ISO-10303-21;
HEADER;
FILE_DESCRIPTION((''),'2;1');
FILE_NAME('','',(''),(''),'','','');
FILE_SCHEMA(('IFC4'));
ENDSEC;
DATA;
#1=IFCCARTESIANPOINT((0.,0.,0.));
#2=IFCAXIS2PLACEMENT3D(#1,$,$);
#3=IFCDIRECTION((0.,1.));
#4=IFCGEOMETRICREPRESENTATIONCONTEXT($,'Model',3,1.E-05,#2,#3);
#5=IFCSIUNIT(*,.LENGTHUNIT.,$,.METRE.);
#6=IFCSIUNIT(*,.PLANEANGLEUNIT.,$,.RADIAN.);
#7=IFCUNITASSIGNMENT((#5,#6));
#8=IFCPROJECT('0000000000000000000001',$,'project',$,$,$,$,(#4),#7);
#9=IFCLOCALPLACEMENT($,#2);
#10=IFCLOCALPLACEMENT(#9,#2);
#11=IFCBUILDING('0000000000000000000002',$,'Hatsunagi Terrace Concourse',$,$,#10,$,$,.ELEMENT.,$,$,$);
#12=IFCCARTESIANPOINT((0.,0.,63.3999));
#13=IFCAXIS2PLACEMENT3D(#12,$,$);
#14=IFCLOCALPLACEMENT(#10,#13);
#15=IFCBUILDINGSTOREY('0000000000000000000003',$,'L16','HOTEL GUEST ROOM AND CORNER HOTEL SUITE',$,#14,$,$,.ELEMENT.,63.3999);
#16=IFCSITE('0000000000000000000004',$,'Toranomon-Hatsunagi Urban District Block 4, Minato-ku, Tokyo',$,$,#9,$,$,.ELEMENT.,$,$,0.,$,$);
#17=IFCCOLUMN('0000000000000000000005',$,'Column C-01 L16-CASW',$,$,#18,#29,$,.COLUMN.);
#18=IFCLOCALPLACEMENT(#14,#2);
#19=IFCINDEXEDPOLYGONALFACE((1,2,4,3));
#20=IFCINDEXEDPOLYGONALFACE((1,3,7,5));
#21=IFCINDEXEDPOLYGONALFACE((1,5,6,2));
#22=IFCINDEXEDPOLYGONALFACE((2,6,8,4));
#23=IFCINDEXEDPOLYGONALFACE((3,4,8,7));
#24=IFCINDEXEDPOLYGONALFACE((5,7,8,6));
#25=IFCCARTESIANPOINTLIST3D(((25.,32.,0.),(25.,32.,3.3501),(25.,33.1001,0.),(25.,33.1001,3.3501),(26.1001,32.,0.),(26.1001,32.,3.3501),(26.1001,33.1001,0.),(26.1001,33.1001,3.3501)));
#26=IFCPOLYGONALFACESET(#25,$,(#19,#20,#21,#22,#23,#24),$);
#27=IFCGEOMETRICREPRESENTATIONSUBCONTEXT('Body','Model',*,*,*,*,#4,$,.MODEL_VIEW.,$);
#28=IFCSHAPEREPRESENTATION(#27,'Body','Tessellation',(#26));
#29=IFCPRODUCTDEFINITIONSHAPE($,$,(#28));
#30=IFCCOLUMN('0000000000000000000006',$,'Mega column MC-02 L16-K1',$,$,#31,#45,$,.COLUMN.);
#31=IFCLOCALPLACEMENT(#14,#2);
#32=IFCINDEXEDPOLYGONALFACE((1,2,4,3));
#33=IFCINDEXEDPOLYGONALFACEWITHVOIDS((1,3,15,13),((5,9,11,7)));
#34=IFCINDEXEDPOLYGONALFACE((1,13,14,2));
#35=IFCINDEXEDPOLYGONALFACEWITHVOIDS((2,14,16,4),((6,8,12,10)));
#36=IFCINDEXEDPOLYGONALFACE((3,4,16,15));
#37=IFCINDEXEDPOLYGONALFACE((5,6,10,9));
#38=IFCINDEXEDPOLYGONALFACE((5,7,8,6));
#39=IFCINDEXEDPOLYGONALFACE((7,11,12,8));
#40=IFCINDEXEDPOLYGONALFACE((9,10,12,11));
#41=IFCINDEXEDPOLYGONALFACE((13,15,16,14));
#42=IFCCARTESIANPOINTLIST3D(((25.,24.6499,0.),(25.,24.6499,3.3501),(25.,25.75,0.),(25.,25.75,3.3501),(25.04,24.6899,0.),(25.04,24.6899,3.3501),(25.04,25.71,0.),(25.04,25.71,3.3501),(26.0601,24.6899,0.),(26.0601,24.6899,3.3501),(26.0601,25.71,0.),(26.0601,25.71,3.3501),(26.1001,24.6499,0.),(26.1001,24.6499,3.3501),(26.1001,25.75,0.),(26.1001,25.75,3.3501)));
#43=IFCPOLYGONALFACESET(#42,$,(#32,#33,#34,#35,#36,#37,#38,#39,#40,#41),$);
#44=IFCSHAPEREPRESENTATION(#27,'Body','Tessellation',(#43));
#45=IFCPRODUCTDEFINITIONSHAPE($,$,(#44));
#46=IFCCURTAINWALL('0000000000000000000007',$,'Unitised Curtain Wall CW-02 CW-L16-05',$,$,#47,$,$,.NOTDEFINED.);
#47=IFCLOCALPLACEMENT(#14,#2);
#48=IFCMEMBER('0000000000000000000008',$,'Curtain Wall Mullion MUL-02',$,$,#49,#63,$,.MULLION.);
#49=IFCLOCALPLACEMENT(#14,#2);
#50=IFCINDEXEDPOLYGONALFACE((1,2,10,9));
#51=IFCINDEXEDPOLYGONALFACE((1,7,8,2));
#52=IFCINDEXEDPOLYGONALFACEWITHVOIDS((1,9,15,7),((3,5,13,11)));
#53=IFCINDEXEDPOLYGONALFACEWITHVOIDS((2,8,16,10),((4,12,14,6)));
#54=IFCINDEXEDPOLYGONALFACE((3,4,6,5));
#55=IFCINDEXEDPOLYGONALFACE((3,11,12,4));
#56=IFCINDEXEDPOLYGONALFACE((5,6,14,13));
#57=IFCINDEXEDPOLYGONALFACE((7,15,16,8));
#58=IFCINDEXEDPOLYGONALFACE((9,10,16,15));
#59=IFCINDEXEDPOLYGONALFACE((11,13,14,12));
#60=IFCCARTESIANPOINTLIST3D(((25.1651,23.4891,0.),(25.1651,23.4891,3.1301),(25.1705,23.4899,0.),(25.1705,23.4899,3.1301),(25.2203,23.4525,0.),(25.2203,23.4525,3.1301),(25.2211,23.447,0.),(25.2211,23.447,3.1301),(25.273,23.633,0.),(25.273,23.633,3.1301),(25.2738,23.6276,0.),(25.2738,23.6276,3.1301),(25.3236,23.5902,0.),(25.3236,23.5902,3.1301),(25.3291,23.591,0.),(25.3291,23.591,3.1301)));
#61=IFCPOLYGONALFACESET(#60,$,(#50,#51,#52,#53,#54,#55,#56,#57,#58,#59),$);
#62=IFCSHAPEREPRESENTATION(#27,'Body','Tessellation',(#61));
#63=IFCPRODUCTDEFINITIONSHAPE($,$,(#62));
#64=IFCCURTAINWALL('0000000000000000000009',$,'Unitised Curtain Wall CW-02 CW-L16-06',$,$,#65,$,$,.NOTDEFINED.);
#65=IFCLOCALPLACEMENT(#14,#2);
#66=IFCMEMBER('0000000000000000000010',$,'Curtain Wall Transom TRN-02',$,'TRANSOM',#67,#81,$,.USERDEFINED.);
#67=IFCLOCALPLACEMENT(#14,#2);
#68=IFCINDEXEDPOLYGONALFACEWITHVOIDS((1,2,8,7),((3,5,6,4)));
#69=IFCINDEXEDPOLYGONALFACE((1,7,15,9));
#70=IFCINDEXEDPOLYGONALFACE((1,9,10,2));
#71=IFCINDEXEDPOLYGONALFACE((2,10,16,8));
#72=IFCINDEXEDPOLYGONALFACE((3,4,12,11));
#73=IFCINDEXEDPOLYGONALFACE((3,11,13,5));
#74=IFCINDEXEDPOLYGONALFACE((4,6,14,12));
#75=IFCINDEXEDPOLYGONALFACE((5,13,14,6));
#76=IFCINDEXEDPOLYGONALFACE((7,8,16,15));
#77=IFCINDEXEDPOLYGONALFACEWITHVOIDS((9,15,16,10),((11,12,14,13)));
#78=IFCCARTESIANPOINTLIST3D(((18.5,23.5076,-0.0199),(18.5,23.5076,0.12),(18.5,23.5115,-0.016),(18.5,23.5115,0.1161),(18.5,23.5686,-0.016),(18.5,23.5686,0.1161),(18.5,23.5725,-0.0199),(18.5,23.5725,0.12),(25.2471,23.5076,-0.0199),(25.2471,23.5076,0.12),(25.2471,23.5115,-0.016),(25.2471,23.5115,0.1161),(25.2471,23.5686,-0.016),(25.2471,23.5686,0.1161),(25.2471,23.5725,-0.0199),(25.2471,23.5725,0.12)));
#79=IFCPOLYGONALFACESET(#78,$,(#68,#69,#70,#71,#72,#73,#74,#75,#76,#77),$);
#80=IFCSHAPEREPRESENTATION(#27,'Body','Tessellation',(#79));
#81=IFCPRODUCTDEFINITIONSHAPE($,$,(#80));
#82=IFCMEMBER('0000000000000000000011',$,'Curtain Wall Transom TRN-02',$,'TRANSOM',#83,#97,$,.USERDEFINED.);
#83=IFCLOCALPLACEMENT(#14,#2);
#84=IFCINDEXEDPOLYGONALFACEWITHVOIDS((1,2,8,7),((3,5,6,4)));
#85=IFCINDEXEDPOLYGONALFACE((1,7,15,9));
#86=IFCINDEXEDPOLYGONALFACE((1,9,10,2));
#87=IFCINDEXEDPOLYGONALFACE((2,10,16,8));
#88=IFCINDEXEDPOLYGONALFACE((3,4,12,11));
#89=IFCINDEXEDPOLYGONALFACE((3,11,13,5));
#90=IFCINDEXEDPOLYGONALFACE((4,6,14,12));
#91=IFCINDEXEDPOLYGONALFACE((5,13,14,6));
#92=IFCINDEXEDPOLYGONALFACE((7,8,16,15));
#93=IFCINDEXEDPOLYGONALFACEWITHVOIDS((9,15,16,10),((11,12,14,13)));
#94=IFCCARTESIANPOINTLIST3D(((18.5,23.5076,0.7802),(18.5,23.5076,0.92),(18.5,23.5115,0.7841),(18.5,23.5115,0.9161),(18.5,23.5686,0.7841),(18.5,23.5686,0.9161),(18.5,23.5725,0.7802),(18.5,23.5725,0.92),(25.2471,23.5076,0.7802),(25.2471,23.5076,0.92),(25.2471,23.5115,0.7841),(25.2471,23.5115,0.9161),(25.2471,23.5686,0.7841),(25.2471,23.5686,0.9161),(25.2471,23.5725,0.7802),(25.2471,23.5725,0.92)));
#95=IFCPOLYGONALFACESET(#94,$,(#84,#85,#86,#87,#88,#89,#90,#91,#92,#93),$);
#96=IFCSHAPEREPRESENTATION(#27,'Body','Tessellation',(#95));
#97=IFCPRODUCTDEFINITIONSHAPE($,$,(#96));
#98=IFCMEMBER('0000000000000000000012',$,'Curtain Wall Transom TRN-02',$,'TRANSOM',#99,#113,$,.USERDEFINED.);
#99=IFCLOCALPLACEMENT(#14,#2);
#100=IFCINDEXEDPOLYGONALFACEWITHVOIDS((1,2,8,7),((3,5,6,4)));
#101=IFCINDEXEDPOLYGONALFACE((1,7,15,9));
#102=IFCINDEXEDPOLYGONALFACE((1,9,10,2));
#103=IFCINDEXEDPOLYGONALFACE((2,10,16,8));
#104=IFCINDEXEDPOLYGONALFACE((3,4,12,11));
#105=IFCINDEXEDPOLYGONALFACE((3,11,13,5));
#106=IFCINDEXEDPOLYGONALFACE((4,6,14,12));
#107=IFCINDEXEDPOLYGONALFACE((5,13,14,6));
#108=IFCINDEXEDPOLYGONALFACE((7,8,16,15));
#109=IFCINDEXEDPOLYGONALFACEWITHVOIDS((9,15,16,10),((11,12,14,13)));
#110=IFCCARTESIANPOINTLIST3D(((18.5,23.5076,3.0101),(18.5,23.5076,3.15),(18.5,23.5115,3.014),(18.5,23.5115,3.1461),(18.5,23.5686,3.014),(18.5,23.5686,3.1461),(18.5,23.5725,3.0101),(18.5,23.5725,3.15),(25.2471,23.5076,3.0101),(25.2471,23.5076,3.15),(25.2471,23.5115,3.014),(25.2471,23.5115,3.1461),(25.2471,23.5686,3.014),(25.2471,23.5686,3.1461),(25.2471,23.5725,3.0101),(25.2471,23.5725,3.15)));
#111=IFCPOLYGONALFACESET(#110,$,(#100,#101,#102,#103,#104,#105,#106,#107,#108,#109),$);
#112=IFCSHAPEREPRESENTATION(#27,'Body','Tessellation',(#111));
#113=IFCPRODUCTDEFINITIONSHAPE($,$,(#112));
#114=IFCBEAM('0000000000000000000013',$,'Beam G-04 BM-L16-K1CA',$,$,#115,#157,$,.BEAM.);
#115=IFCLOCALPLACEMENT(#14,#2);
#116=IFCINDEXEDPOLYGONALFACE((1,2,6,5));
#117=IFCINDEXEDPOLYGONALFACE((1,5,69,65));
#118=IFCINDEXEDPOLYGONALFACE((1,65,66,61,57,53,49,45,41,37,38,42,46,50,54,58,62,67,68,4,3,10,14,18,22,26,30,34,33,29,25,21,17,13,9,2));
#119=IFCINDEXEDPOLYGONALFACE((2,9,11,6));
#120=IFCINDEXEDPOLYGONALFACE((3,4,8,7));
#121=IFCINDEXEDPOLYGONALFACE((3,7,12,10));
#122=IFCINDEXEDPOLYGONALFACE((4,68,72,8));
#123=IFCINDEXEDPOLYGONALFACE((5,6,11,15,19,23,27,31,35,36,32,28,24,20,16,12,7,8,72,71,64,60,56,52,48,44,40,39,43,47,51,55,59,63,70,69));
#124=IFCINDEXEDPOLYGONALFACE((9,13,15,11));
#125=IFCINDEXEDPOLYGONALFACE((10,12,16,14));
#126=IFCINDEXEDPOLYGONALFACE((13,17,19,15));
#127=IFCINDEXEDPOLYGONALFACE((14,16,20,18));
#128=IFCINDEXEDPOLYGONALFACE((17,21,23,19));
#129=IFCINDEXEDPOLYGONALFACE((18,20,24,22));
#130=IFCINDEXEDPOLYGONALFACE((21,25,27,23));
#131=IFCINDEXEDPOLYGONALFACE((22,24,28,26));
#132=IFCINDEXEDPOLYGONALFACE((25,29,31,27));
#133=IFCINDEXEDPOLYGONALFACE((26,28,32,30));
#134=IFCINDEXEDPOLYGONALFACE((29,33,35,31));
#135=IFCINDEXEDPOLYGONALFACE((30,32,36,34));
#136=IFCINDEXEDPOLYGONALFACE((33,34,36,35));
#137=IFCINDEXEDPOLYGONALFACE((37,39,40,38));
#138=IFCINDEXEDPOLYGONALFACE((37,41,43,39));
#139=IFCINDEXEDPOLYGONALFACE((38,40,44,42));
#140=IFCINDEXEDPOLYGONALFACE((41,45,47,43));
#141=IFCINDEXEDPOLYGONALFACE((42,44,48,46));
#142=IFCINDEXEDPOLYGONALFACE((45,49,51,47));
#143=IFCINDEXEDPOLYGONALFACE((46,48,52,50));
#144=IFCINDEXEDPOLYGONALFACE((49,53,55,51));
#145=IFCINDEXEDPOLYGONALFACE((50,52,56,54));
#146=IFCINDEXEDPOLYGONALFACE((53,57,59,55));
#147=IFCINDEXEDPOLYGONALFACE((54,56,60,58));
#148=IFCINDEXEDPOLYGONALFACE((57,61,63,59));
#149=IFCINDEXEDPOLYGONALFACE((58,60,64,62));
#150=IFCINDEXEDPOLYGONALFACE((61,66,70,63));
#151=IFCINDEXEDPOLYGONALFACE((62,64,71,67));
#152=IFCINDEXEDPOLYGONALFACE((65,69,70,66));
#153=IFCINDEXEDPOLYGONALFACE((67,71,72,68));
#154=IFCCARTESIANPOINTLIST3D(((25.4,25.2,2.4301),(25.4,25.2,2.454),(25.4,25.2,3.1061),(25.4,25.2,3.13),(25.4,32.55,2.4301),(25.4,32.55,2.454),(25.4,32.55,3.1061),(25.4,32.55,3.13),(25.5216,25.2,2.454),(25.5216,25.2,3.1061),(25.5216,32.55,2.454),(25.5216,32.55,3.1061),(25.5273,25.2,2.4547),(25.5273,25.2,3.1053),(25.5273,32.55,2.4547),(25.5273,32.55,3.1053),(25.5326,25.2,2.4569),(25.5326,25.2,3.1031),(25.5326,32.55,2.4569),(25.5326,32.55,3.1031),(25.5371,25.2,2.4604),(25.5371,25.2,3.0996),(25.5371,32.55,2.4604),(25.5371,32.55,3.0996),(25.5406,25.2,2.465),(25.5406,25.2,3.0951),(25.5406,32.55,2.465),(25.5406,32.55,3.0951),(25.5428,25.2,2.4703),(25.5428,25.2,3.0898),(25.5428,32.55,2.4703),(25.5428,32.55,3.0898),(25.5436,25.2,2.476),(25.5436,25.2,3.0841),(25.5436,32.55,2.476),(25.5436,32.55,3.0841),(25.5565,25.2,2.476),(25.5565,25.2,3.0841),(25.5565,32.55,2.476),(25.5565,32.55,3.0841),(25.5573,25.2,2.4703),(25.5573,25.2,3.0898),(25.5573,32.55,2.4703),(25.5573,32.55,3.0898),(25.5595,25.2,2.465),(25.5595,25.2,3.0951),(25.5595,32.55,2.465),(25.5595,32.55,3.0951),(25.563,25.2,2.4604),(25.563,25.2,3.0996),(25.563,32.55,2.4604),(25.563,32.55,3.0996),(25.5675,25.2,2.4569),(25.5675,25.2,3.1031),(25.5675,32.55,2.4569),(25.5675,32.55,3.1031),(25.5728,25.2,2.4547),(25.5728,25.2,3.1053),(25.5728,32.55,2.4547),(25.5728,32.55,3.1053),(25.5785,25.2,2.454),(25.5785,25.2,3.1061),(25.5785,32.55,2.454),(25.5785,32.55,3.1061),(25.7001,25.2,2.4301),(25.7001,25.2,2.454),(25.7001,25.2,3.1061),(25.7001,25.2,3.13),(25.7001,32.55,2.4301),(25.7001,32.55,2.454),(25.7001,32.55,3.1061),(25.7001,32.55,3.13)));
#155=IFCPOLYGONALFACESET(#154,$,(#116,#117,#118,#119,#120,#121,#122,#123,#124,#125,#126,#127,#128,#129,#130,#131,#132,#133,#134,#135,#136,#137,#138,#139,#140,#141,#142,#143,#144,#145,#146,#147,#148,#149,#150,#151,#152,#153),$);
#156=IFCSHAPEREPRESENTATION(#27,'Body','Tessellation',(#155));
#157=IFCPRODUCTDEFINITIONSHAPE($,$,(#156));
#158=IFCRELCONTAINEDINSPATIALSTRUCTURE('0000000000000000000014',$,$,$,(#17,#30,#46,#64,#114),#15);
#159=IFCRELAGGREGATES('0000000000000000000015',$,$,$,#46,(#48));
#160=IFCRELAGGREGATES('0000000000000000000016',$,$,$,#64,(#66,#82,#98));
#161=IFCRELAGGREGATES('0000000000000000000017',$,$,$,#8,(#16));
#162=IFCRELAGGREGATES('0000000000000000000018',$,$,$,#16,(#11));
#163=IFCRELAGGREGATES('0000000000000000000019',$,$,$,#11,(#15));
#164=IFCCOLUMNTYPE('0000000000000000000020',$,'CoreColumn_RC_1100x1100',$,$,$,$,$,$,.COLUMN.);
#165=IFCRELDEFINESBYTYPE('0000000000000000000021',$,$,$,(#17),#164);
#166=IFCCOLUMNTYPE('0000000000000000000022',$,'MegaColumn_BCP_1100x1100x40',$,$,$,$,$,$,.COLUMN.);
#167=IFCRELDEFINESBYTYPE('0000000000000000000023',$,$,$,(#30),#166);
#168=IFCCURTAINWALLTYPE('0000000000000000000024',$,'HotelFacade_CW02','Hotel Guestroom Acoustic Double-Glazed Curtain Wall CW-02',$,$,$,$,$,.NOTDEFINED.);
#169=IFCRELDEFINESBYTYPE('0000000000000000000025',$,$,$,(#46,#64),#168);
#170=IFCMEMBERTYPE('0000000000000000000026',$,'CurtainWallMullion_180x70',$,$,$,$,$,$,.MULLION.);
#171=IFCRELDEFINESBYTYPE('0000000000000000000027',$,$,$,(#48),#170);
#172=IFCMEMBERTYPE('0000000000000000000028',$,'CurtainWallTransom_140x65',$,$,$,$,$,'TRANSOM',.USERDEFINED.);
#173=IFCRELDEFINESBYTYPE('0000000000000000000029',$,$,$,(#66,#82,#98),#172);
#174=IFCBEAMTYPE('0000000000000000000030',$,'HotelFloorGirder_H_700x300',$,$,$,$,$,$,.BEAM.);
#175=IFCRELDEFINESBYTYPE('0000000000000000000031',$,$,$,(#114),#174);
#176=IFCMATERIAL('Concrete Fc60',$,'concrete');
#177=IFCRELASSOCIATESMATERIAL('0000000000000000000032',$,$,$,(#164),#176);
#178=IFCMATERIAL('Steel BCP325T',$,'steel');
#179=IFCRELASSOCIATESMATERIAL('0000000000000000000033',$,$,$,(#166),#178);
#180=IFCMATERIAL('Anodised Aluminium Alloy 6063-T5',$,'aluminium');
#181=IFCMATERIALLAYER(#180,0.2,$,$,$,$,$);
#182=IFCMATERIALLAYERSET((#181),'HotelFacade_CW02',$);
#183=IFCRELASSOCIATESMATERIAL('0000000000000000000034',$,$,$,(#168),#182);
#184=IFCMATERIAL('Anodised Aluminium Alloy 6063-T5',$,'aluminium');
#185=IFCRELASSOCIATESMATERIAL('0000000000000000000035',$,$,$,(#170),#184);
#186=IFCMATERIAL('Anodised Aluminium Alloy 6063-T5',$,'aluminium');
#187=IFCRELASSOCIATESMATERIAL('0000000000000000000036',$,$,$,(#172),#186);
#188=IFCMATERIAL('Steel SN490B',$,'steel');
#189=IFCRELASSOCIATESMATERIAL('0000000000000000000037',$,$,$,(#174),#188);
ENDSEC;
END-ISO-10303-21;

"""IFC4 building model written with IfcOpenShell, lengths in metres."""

from ifc_helpers import new_model, si_unit, direction, frame, origin, origin_2d, place, context, subcontext, project, spatial, rectangle, hollow_rectangle, i_section, extrude, material, layer, layer_set, material_profile, profile_set, type_object, element, aggregate, save


model = new_model("IFC4")

# Units and contexts
model_context = context("Model", 3, precision=1e-05, world=origin(), true_north=direction((0.0, 1.0)))
body_context = subcontext(model_context, "Body", "Model", "MODEL_VIEW")
ifc_project = project(units=[si_unit("LENGTHUNIT", "METRE"), si_unit("PLANEANGLEUNIT", "RADIAN")], contexts=[model_context])

# Site, building, storey
site_placement = place(None, origin())
site = spatial("IfcSite", under=ifc_project, at=site_placement, Name="Toranomon-Hatsunagi Urban District Block 4, Minato-ku, Tokyo", CompositionType="ELEMENT", RefElevation=0.0)
building_placement = place(site_placement, origin())
building = spatial("IfcBuilding", under=site, at=building_placement, Name="Hatsunagi Terrace Concourse", CompositionType="ELEMENT")
storey_placement = place(building_placement, frame((0.0, 0.0, 63.3999)))
storey = spatial("IfcBuildingStorey", under=building, at=storey_placement, Name="L16", Description="HOTEL GUEST ROOM AND CORNER HOTEL SUITE", CompositionType="ELEMENT", Elevation=63.3999)

# Columns
ifc_material_1 = material(Name="Concrete Fc60", Category="concrete")
ifc_material_profile_1 = material_profile(ifc_material_1, rectangle(XDim=1.1001, YDim=1.1001, at=origin_2d()), Name="RC-1100x1100")
ifc_profile_set_1 = profile_set([ifc_material_profile_1], Name="Concrete Fc60")
column_type_1 = type_object("IfcColumnType", Name="CoreColumn_RC_1100x1100", PredefinedType="COLUMN", material=ifc_profile_set_1)
column_1_placement = place(storey_placement, frame((25.55, 32.55, 0.0), z_axis=(0.0, 0.0, 1.0), x_axis=(1.0, 0.0, 0.0)))
element("IfcColumn", 1, at=column_1_placement, inside=storey, type_object=column_type_1, Name="Column C-01 L16-CASW", PredefinedType="COLUMN", context=body_context, shape_type="SweptSolid", body=[
    extrude(rectangle(XDim=1.1001, YDim=1.1001, at=origin_2d()), origin(), (0.0, 0.0, 1.0), 3.3501),
])
ifc_material_2 = material(Name="Steel BCP325T", Category="steel")
ifc_material_profile_2 = material_profile(ifc_material_2, hollow_rectangle(XDim=1.1001, YDim=1.1001, WallThickness=0.04, at=origin_2d()), Name="BCP-1100x1100x40")
ifc_profile_set_2 = profile_set([ifc_material_profile_2], Name="Steel BCP325T")
column_type_2 = type_object("IfcColumnType", Name="MegaColumn_BCP_1100x1100x40", PredefinedType="COLUMN", material=ifc_profile_set_2)
column_2_placement = place(storey_placement, frame((25.55, 25.2, 0.0), z_axis=(0.0, 0.0, 1.0), x_axis=(1.0, 0.0, 0.0)))
element("IfcColumn", 2, at=column_2_placement, inside=storey, type_object=column_type_2, Name="Mega column MC-02 L16-K1", PredefinedType="COLUMN", context=body_context, shape_type="SweptSolid", body=[
    extrude(hollow_rectangle(XDim=1.1001, YDim=1.1001, WallThickness=0.04, at=origin_2d()), origin(), (0.0, 0.0, 1.0), 3.3501),
])

# Curtain wall, member
ifc_material_3 = material(Name="Anodised Aluminium Alloy 6063-T5", Category="aluminium")
ifc_layer_1 = layer(ifc_material_3, 0.2)
ifc_layer_set_1 = layer_set([ifc_layer_1], Name="HotelFacade_CW02")
curtain_wall_type = type_object("IfcCurtainWallType", Name="HotelFacade_CW02", Description="Hotel Guestroom Acoustic Double-Glazed Curtain Wall CW-02", PredefinedType="NOTDEFINED", material=ifc_layer_set_1)
curtain_wall_1_placement = place(storey_placement, origin())
curtain_wall_1 = element("IfcCurtainWall", 3, at=curtain_wall_1_placement, inside=storey, type_object=curtain_wall_type, Name="Unitised Curtain Wall CW-02 CW-L16-05", PredefinedType="NOTDEFINED")
ifc_material_4 = material(Name="Anodised Aluminium Alloy 6063-T5", Category="aluminium")
ifc_material_profile_3 = material_profile(ifc_material_4, hollow_rectangle(XDim=0.0701, YDim=0.1799, WallThickness=0.0039, at=origin_2d()), Name="ALU-MUL-180x70x4")
ifc_profile_set_3 = profile_set([ifc_material_profile_3], Name="Anodised Aluminium Alloy 6063-T5")
member_type_1 = type_object("IfcMemberType", Name="CurtainWallMullion_180x70", PredefinedType="MULLION", material=ifc_profile_set_3)
member_1_placement = place(storey_placement, frame((25.2471, 23.54, 0.0), z_axis=(0.0, 0.0, 1.0), x_axis=(-0.800003, 0.599996, 0.0)))
member_1 = element("IfcMember", 4, at=member_1_placement, type_object=member_type_1, Name="Curtain Wall Mullion MUL-02", PredefinedType="MULLION", context=body_context, shape_type="SweptSolid", body=[
    extrude(hollow_rectangle(XDim=0.0701, YDim=0.1799, WallThickness=0.0039, at=origin_2d()), origin(), (0.0, 0.0, 1.0), 3.1301),
])
aggregate(curtain_wall_1, [member_1])

# Curtain wall, members
curtain_wall_2_placement = place(storey_placement, origin())
curtain_wall_2 = element("IfcCurtainWall", 5, at=curtain_wall_2_placement, inside=storey, type_object=curtain_wall_type, Name="Unitised Curtain Wall CW-02 CW-L16-06", PredefinedType="NOTDEFINED")
ifc_material_5 = material(Name="Anodised Aluminium Alloy 6063-T5", Category="aluminium")
ifc_material_profile_4 = material_profile(ifc_material_5, hollow_rectangle(XDim=0.0649, YDim=0.1399, WallThickness=0.0039, at=origin_2d()), Name="ALU-TRN-140x65x4")
ifc_profile_set_4 = profile_set([ifc_material_profile_4], Name="Anodised Aluminium Alloy 6063-T5")
member_type_2 = type_object("IfcMemberType", Name="CurtainWallTransom_140x65", ElementType="TRANSOM", PredefinedType="USERDEFINED", material=ifc_profile_set_4)
member_2_placement = place(storey_placement, frame((25.2471, 23.54, 0.05), z_axis=(-1.0, 0.0, 0.0), x_axis=(0.0, -1.0, 0.0)))
member_2 = element("IfcMember", 6, at=member_2_placement, type_object=member_type_2, Name="Curtain Wall Transom TRN-02", ObjectType="TRANSOM", PredefinedType="USERDEFINED", context=body_context, shape_type="SweptSolid", body=[
    extrude(hollow_rectangle(XDim=0.0649, YDim=0.1399, WallThickness=0.0039, at=origin_2d()), origin(), (0.0, 0.0, 1.0), 6.7471),
])
member_3_placement = place(storey_placement, frame((25.2471, 23.54, 0.8501), z_axis=(-1.0, 0.0, 0.0), x_axis=(0.0, -1.0, 0.0)))
member_3 = element("IfcMember", 7, at=member_3_placement, type_object=member_type_2, Name="Curtain Wall Transom TRN-02", ObjectType="TRANSOM", PredefinedType="USERDEFINED", context=body_context, shape_type="SweptSolid", body=[
    extrude(hollow_rectangle(XDim=0.0649, YDim=0.1399, WallThickness=0.0039, at=origin_2d()), origin(), (0.0, 0.0, 1.0), 6.7471),
])
member_4_placement = place(storey_placement, frame((25.2471, 23.54, 3.0801), z_axis=(-1.0, 0.0, 0.0), x_axis=(0.0, -1.0, 0.0)))
member_4 = element("IfcMember", 8, at=member_4_placement, type_object=member_type_2, Name="Curtain Wall Transom TRN-02", ObjectType="TRANSOM", PredefinedType="USERDEFINED", context=body_context, shape_type="SweptSolid", body=[
    extrude(hollow_rectangle(XDim=0.0649, YDim=0.1399, WallThickness=0.0039, at=origin_2d()), origin(), (0.0, 0.0, 1.0), 6.7471),
])
aggregate(curtain_wall_2, [member_2, member_3, member_4])

# Beam
ifc_material_6 = material(Name="Steel SN490B", Category="steel")
ifc_material_profile_5 = material_profile(ifc_material_6, i_section(OverallWidth=0.3, OverallDepth=0.7, WebThickness=0.0129, FlangeThickness=0.0239, FilletRadius=0.022, at=origin_2d()), Name="H-700x300x13x24")
ifc_profile_set_5 = profile_set([ifc_material_profile_5], Name="Steel SN490B")
beam_type_1 = type_object("IfcBeamType", Name="HotelFloorGirder_H_700x300", PredefinedType="BEAM", material=ifc_profile_set_5)
beam_1_placement = place(storey_placement, frame((25.55, 25.2, 2.78), z_axis=(0.0, 1.0, 0.0), x_axis=(-1.0, 0.0, 0.0)))
element("IfcBeam", 9, at=beam_1_placement, inside=storey, type_object=beam_type_1, Name="Beam G-04 BM-L16-K1CA", PredefinedType="BEAM", context=body_context, shape_type="SweptSolid", body=[
    extrude(i_section(OverallWidth=0.3, OverallDepth=0.7, WebThickness=0.0129, FlangeThickness=0.0239, FilletRadius=0.022, at=origin_2d()), origin(), (0.0, 0.0, 1.0), 7.3501),
])

save(model, "model.ifc")
